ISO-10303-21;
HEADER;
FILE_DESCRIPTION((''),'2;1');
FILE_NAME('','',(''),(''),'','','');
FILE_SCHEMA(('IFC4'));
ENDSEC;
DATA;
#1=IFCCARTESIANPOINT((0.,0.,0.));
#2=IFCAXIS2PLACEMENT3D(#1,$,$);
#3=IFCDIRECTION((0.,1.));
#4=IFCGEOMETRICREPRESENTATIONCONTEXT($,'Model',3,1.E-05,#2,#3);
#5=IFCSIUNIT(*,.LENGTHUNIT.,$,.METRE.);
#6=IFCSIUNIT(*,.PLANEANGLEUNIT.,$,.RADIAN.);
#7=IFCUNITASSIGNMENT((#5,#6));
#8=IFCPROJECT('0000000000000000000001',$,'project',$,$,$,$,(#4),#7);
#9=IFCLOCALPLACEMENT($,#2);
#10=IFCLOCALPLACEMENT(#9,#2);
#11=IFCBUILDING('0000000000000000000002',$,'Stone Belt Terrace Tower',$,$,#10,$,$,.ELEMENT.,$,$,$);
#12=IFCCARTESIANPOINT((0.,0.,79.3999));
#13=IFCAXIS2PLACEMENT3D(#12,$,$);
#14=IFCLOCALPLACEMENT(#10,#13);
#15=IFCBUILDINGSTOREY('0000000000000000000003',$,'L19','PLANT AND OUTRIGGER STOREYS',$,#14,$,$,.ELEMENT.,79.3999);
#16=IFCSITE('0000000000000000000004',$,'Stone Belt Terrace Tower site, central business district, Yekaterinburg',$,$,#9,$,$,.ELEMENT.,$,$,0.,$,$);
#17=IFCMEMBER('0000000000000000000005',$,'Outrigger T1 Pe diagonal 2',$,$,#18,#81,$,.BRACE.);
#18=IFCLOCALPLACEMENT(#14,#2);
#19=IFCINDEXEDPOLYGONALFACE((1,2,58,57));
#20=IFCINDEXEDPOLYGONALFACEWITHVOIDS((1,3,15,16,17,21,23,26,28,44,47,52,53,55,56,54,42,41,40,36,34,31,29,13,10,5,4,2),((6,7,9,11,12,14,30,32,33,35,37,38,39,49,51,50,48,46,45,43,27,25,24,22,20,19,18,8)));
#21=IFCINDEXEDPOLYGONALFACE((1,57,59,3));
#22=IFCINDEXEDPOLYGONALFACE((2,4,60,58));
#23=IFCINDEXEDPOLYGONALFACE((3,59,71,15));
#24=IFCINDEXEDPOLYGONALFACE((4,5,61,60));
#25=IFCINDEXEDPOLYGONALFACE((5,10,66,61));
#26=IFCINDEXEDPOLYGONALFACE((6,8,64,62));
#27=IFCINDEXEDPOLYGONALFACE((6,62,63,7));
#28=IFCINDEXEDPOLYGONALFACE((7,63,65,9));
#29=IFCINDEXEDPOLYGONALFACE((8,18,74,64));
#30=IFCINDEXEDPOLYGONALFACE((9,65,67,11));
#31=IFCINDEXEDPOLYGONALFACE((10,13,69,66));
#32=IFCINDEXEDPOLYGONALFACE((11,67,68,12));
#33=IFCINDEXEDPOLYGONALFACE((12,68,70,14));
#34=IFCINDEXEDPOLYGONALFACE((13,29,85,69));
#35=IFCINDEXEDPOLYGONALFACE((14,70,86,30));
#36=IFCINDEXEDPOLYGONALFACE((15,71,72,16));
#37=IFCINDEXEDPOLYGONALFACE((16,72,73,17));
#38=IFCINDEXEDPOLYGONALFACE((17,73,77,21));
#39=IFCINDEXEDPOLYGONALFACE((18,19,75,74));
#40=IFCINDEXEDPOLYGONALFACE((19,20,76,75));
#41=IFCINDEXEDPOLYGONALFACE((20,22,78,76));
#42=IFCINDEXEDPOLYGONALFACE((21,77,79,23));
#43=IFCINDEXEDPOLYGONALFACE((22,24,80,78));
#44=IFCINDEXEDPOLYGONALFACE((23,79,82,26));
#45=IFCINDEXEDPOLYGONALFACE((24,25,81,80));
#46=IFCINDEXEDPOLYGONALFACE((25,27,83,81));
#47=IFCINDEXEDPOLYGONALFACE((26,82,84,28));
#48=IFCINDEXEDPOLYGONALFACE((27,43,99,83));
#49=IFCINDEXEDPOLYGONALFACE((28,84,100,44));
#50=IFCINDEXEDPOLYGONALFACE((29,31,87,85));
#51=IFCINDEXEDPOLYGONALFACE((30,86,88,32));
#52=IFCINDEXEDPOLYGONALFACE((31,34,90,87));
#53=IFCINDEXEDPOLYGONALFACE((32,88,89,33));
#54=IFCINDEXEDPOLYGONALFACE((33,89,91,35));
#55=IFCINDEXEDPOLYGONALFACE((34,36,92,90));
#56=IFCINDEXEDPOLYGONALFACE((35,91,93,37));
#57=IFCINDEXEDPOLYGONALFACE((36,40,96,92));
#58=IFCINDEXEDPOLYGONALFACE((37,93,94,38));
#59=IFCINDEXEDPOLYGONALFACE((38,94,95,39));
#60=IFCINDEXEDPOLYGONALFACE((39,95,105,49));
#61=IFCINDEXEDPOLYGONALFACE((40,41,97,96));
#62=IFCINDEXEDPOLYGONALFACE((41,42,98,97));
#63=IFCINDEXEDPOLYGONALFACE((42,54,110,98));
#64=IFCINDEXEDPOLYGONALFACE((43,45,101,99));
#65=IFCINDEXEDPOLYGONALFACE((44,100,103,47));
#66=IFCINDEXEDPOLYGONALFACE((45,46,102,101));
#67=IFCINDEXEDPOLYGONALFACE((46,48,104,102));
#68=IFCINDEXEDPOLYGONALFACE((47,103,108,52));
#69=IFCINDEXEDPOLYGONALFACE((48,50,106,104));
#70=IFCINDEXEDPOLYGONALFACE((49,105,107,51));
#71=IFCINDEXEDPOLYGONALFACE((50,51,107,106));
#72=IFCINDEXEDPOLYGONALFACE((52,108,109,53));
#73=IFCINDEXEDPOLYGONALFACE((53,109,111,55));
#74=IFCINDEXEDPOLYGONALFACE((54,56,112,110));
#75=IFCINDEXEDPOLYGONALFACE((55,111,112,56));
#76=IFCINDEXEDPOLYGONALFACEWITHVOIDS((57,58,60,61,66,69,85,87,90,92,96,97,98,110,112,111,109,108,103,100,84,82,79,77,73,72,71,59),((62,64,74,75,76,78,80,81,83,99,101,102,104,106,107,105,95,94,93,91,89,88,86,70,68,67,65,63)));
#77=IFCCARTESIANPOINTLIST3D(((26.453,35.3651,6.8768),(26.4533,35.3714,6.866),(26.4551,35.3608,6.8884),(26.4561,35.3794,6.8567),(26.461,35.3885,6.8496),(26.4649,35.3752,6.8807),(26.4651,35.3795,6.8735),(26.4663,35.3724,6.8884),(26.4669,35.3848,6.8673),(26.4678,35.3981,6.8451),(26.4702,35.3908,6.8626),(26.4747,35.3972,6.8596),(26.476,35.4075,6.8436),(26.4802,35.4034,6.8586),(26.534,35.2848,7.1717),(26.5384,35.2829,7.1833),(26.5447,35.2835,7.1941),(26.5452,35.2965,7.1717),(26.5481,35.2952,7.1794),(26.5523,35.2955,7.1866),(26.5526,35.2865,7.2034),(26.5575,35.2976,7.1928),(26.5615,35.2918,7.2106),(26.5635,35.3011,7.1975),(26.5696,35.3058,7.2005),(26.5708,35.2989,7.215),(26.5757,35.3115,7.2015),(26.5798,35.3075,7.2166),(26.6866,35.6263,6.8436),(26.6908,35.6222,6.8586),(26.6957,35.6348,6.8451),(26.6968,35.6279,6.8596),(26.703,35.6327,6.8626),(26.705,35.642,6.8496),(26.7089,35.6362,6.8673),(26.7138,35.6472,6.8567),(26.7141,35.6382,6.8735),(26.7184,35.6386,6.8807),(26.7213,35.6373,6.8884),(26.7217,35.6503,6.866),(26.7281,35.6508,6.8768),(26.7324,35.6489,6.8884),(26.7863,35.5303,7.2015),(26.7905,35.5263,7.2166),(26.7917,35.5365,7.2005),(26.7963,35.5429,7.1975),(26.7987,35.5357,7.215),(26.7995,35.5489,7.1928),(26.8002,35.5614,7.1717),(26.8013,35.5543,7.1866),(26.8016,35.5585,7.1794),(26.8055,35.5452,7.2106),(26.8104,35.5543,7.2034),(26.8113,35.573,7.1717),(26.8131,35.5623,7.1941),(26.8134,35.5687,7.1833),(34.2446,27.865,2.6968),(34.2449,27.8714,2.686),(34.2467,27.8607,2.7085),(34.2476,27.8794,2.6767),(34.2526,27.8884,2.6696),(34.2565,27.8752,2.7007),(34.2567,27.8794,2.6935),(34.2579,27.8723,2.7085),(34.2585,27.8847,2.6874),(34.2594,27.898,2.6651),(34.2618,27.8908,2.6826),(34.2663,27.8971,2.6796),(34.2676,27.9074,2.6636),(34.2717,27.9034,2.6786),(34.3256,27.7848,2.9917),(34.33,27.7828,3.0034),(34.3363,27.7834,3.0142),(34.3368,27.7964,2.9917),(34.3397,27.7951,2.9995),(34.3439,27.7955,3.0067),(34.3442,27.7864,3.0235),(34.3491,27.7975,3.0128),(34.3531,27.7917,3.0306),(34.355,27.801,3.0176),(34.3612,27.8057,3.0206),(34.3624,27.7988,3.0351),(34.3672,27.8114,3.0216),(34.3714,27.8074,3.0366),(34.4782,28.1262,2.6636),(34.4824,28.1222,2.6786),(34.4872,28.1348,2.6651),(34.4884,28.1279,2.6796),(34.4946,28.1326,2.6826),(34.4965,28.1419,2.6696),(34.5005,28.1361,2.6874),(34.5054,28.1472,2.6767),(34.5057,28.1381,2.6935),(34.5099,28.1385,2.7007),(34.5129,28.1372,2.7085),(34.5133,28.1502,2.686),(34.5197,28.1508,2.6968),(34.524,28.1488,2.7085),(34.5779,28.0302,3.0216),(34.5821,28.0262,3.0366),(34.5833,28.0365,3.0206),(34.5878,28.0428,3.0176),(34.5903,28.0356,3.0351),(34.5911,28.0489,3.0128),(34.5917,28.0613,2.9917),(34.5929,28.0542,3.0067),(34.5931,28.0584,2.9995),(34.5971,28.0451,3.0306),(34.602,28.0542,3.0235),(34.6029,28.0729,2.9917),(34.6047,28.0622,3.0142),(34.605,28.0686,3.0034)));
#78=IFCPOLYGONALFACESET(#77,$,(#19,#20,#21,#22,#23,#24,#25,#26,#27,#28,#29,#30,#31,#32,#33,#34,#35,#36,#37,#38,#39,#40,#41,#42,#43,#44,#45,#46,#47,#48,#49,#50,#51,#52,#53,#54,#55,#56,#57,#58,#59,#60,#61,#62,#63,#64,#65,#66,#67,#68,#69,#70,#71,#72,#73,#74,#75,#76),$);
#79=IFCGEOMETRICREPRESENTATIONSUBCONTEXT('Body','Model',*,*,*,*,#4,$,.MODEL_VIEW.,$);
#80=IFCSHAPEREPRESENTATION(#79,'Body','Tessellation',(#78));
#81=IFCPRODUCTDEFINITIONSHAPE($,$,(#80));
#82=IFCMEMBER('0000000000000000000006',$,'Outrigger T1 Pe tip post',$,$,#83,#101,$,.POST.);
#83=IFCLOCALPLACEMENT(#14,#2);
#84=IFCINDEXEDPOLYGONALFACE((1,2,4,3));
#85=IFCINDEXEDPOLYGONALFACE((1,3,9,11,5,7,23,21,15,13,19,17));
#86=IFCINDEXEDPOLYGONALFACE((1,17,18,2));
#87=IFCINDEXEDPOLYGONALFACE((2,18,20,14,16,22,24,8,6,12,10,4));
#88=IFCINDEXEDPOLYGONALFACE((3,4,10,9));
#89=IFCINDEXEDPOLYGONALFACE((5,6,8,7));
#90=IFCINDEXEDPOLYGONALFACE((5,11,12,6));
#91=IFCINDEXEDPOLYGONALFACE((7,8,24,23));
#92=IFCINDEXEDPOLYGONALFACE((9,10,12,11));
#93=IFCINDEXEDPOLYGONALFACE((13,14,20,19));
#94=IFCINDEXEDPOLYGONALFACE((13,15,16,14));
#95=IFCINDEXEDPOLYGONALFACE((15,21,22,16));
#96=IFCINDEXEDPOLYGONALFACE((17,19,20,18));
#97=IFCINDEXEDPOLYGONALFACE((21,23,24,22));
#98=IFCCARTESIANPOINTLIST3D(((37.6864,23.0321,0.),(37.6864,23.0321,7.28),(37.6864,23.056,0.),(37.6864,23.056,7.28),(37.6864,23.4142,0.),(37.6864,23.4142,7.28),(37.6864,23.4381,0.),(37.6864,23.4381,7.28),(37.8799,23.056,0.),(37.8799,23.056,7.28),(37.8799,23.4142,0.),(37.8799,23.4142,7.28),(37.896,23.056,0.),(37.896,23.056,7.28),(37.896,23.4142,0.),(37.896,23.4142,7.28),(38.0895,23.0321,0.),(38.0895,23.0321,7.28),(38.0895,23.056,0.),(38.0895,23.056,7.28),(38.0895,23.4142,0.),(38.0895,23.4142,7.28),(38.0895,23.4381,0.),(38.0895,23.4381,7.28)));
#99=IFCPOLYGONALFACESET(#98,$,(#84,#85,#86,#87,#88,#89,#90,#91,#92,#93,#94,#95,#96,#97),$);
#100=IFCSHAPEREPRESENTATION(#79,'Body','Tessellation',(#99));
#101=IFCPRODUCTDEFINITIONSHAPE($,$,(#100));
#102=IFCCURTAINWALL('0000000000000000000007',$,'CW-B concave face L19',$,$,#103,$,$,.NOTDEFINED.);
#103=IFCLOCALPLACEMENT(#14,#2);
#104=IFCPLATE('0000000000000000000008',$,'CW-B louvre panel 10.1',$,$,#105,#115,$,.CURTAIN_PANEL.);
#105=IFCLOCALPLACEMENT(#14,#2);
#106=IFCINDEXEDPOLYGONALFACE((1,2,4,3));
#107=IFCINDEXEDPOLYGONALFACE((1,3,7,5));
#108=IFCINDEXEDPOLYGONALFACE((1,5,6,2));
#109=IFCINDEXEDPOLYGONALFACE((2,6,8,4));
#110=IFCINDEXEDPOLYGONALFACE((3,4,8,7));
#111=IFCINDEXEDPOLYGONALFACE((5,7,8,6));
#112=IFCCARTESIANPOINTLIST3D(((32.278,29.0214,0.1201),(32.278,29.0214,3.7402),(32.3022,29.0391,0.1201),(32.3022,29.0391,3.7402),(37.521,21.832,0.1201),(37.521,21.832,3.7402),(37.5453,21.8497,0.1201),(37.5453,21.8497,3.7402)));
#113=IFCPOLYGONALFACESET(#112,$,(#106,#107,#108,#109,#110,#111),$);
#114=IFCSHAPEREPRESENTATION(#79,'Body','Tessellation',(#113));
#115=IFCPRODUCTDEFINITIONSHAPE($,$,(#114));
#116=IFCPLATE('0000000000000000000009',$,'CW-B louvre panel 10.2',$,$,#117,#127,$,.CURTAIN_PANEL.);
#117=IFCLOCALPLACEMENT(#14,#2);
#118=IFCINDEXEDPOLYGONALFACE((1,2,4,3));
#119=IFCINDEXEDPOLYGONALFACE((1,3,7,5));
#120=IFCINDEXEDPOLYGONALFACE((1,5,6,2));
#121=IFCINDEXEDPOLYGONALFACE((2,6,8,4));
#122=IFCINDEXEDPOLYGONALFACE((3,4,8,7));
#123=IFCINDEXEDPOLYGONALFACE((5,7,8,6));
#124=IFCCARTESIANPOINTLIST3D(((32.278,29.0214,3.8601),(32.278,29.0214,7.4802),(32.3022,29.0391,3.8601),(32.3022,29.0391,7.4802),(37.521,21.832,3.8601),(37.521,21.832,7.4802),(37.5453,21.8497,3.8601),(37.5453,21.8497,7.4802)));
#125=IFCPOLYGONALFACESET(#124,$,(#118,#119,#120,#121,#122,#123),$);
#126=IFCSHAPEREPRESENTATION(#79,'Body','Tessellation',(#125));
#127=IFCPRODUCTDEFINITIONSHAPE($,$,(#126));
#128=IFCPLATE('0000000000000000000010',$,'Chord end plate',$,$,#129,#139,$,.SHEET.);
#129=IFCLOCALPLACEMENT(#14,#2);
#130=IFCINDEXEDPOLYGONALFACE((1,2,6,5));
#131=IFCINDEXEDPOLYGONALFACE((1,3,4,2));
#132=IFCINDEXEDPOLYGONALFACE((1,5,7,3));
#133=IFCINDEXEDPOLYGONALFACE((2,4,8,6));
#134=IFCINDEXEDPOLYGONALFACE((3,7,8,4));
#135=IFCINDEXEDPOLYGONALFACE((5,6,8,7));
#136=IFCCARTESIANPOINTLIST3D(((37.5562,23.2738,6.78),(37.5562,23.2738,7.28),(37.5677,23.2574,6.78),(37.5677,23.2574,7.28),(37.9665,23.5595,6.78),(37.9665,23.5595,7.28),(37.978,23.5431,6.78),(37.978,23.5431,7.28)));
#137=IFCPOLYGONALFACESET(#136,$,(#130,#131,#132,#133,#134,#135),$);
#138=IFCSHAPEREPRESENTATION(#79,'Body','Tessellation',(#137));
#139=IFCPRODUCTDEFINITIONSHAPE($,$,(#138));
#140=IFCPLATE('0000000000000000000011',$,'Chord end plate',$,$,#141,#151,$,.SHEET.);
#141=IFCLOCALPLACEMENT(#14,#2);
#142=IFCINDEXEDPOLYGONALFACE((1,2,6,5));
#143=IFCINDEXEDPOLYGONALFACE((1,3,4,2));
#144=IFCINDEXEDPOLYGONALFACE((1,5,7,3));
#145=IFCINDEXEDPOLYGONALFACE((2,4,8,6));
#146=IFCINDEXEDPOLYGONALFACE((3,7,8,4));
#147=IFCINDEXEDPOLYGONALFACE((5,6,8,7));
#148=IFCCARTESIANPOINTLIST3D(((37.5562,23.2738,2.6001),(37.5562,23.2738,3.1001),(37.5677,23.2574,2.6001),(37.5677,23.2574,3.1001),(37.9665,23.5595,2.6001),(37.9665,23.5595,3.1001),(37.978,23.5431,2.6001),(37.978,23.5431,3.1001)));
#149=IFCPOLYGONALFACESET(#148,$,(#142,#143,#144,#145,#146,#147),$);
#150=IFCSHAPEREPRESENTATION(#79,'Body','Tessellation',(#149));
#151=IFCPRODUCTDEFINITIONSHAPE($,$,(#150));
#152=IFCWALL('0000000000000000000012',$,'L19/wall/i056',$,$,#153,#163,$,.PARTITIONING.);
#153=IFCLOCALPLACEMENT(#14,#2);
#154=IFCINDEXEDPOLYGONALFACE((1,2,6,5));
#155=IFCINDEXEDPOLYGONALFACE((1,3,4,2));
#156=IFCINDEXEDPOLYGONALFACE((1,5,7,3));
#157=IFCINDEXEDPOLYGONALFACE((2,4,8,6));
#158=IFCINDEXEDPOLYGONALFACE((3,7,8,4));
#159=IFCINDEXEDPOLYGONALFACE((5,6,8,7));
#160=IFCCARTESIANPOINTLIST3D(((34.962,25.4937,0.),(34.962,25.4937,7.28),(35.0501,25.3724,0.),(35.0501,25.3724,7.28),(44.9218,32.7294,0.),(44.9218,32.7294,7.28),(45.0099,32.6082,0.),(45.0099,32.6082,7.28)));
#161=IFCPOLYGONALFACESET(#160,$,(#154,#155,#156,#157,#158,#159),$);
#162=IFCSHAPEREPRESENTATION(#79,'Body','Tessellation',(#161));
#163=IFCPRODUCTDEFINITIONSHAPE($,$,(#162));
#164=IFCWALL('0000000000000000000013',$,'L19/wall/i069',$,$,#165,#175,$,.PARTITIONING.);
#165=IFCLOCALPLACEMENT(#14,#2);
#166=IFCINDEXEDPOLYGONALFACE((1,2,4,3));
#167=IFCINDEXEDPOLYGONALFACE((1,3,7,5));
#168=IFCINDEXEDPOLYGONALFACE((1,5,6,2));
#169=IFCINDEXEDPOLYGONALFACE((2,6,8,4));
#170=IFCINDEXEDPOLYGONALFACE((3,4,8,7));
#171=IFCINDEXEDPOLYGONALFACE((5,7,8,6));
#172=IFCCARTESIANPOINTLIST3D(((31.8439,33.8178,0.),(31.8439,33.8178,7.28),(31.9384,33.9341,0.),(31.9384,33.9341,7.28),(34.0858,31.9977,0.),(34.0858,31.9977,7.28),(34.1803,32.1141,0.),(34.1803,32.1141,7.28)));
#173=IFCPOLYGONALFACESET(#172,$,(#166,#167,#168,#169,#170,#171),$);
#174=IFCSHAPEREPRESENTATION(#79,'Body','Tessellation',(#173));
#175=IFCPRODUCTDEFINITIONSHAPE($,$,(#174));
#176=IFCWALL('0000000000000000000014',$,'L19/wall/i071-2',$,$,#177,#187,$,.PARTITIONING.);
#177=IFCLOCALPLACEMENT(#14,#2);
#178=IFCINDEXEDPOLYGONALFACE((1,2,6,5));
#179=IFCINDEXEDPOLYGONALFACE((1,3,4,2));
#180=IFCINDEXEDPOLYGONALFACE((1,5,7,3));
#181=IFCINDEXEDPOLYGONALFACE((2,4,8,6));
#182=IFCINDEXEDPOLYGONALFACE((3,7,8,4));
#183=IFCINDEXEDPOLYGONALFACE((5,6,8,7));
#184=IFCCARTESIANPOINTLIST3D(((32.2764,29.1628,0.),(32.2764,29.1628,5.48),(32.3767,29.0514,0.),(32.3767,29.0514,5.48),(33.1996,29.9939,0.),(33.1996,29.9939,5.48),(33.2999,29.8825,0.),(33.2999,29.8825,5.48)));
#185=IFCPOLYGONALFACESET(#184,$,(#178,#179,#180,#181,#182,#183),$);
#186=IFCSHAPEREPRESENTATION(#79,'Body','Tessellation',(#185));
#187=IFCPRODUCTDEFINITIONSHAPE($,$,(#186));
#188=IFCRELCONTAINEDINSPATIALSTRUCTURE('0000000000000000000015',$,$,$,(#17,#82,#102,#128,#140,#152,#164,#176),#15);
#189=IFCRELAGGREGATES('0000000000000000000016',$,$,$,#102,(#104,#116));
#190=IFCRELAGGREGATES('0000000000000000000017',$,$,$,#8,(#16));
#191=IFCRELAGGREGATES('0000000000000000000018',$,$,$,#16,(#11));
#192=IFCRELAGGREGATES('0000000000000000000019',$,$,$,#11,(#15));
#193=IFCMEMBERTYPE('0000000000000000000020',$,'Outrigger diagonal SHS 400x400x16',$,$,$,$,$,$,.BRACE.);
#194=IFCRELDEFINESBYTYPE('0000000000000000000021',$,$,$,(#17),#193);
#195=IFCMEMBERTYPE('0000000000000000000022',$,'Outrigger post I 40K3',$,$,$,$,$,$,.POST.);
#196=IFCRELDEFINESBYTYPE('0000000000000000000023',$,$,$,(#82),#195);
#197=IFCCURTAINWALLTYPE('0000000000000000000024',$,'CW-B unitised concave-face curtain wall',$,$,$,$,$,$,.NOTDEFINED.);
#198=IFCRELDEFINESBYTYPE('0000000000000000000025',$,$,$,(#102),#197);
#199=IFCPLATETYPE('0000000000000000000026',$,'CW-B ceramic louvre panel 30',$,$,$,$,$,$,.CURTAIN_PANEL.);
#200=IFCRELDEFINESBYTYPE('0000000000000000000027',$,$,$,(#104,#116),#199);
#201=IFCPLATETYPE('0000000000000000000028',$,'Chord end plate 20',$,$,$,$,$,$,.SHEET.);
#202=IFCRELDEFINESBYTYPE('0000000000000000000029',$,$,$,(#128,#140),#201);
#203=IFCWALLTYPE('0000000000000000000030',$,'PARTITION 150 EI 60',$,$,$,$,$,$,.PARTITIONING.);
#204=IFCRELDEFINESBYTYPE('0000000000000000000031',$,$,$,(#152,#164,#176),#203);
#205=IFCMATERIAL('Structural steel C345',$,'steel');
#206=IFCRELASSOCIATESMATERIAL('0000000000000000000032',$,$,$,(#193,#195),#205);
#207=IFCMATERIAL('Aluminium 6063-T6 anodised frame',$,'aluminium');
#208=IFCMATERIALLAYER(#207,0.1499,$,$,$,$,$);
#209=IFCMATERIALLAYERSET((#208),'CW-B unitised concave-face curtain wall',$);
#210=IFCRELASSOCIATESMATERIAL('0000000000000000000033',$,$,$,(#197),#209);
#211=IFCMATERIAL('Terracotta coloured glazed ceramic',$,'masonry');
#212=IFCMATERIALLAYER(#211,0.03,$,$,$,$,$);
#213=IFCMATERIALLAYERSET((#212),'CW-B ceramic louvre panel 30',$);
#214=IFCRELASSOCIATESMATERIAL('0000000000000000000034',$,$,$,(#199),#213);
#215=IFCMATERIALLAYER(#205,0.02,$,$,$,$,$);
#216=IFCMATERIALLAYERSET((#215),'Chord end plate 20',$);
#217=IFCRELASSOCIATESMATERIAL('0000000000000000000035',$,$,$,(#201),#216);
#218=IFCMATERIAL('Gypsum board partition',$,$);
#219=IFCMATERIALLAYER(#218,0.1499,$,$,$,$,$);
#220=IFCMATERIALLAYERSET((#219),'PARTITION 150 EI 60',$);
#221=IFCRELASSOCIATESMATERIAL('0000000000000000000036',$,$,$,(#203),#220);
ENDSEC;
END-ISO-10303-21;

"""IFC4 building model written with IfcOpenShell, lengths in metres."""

from ifc_helpers import new_model, si_unit, direction, frame, frame_2d, origin, origin_2d, place, context, subcontext, project, spatial, rectangle, hollow_rectangle, i_section, extrude, material, layer, layer_set, material_profile, profile_set, type_object, element, aggregate, save


model = new_model("IFC4")

# Units and contexts
model_context = context("Model", 3, precision=1e-05, world=origin(), true_north=direction((0.0, 1.0)))
body_context = subcontext(model_context, "Body", "Model", "MODEL_VIEW")
ifc_project = project(units=[si_unit("LENGTHUNIT", "METRE"), si_unit("PLANEANGLEUNIT", "RADIAN")], contexts=[model_context])

# Site, building, storey
site_placement = place(None, origin())
site = spatial("IfcSite", under=ifc_project, at=site_placement, Name="Stone Belt Terrace Tower site, central business district, Yekaterinburg", CompositionType="ELEMENT", RefElevation=0.0)
building_placement = place(site_placement, origin())
building = spatial("IfcBuilding", under=site, at=building_placement, Name="Stone Belt Terrace Tower", CompositionType="ELEMENT")
storey_placement = place(building_placement, frame((0.0, 0.0, 79.3999)))
storey = spatial("IfcBuildingStorey", under=building, at=storey_placement, Name="L19", Description="PLANT AND OUTRIGGER STOREYS", CompositionType="ELEMENT", Elevation=79.3999)

# Shared definitions
ifc_material_1 = material(Name="Aluminium 6063-T6 anodised frame", Category="aluminium")

# Members
ifc_material_2 = material(Name="Structural steel C345", Category="steel")
ifc_material_profile_1 = material_profile(ifc_material_2, hollow_rectangle(XDim=0.3999, YDim=0.3999, WallThickness=0.0161, InnerFilletRadius=0.032, OuterFilletRadius=0.0481, at=origin_2d()), Name="SHS 400x400x16")
ifc_profile_set_1 = profile_set([ifc_material_profile_1], Name="Structural steel C345")
member_type_1 = type_object("IfcMemberType", Name="Outrigger diagonal SHS 400x400x16", PredefinedType="BRACE", material=ifc_profile_set_1)
member_1_placement = place(storey_placement, frame((34.4248, 27.9668, 2.8501), z_axis=(-0.672008, 0.646866, 0.360514), x_axis=(-0.693501, -0.720456, 0.0)))
element("IfcMember", 1, at=member_1_placement, inside=storey, type_object=member_type_1, Name="Outrigger T1 Pe diagonal 2", PredefinedType="BRACE", context=body_context, shape_type="SweptSolid", body=[
    extrude(hollow_rectangle(XDim=0.3999, YDim=0.3999, WallThickness=0.0161, InnerFilletRadius=0.032, OuterFilletRadius=0.0481, at=origin_2d()), origin(), (0.0, 0.0, 1.0), 11.5945),
])
ifc_material_profile_2 = material_profile(ifc_material_2, i_section(OverallWidth=0.4031, OverallDepth=0.406, WebThickness=0.0161, FlangeThickness=0.0239, at=origin_2d()), Name="I 40K3")
ifc_profile_set_2 = profile_set([ifc_material_profile_2], Name="Structural steel C345")
member_type_2 = type_object("IfcMemberType", Name="Outrigger post I 40K3", PredefinedType="POST", material=ifc_profile_set_2)
member_2_placement = place(storey_placement, frame((37.8879, 23.2351, 0.0), z_axis=(0.0, 0.0, 1.0), x_axis=(1.0, 0.0, 0.0)))
element("IfcMember", 2, at=member_2_placement, inside=storey, type_object=member_type_2, Name="Outrigger T1 Pe tip post", PredefinedType="POST", context=body_context, shape_type="SweptSolid", body=[
    extrude(i_section(OverallWidth=0.4031, OverallDepth=0.406, WebThickness=0.0161, FlangeThickness=0.0239, at=origin_2d()), origin(), (0.0, 0.0, 1.0), 7.28),
])

# Curtain wall, plates
ifc_layer_1 = layer(ifc_material_1, 0.1499)
ifc_layer_set_1 = layer_set([ifc_layer_1], Name="CW-B unitised concave-face curtain wall")
curtain_wall_type_1 = type_object("IfcCurtainWallType", Name="CW-B unitised concave-face curtain wall", PredefinedType="NOTDEFINED", material=ifc_layer_set_1)
curtain_wall_1_placement = place(storey_placement, origin())
curtain_wall_1 = element("IfcCurtainWall", 3, at=curtain_wall_1_placement, inside=storey, type_object=curtain_wall_type_1, Name="CW-B concave face L19", PredefinedType="NOTDEFINED")
ifc_material_3 = material(Name="Terracotta coloured glazed ceramic", Category="masonry")
ifc_layer_2 = layer(ifc_material_3, 0.03)
ifc_layer_set_2 = layer_set([ifc_layer_2], Name="CW-B ceramic louvre panel 30")
plate_type_1 = type_object("IfcPlateType", Name="CW-B ceramic louvre panel 30", PredefinedType="CURTAIN_PANEL", material=ifc_layer_set_2)
plate_1_placement = place(storey_placement, frame((34.9116, 25.4355, 0.1201), z_axis=(0.0, 0.0, 1.0), x_axis=(0.589225, -0.807969, 0.0)))
plate_1 = element("IfcPlate", 4, at=plate_1_placement, type_object=plate_type_1, Name="CW-B louvre panel 10.1", PredefinedType="CURTAIN_PANEL", context=body_context, shape_type="SweptSolid", body=[
    extrude(rectangle(XDim=8.8982, YDim=0.03, at=origin_2d()), origin(), (0.0, 0.0, 1.0), 3.6201),
])
plate_2_placement = place(storey_placement, frame((34.9116, 25.4355, 3.8601), z_axis=(0.0, 0.0, 1.0), x_axis=(0.589225, -0.807969, 0.0)))
plate_2 = element("IfcPlate", 5, at=plate_2_placement, type_object=plate_type_1, Name="CW-B louvre panel 10.2", PredefinedType="CURTAIN_PANEL", context=body_context, shape_type="SweptSolid", body=[
    extrude(rectangle(XDim=8.8982, YDim=0.03, at=origin_2d()), origin(), (0.0, 0.0, 1.0), 3.6201),
])
aggregate(curtain_wall_1, [plate_1, plate_2])

# Plates
ifc_layer_3 = layer(ifc_material_2, 0.02)
ifc_layer_set_3 = layer_set([ifc_layer_3], Name="Chord end plate 20")
plate_type_2 = type_object("IfcPlateType", Name="Chord end plate 20", PredefinedType="SHEET", material=ifc_layer_set_3)
for number, where, z_axis, x_axis, name in (
    (6, (37.7671, 23.4084, 6.78), (0.0, 0.0, 1.0), (0.571466, -0.820626, 0.0), "Chord end plate"),
    (7, (37.7671, 23.4084, 2.6001), (0.0, 0.0, 1.0), (0.571466, -0.820626, 0.0), "Chord end plate"),
):
    element("IfcPlate", number, at=place(storey_placement, frame(where, z_axis=z_axis, x_axis=x_axis)), inside=storey, type_object=plate_type_2, Name=name, PredefinedType="SHEET", context=body_context, shape_type="SweptSolid", body=[
        extrude(rectangle(XDim=0.02, YDim=0.5, at=origin_2d()), origin(), (0.0, 0.0, 1.0), 0.5),
    ])

# Walls
ifc_material_4 = material(Name="Gypsum board partition")
ifc_layer_4 = layer(ifc_material_4, 0.1499)
ifc_layer_set_4 = layer_set([ifc_layer_4], Name="PARTITION 150 EI 60")
wall_type = type_object("IfcWallType", Name="PARTITION 150 EI 60", PredefinedType="PARTITIONING", material=ifc_layer_set_4)
wall_1_placement = place(storey_placement, frame((35.0061, 25.4331, 0.0), z_axis=(0.0, 0.0, 1.0), x_axis=(0.809036, 0.587759, 0.0)))
element("IfcWall", 8, at=wall_1_placement, inside=storey, type_object=wall_type, Name="L19/wall/i056", PredefinedType="PARTITIONING", context=body_context, shape_type="SweptSolid", body=[
    extrude(rectangle(XDim=12.3108, YDim=0.1499, at=frame_2d((6.1553, 0.0))), origin(), (0.0, 0.0, 1.0), 7.28),
])
wall_2_placement = place(storey_placement, frame((34.1331, 32.0559, 0.0), z_axis=(0.0, 0.0, 1.0), x_axis=(-0.77637, 0.630277, 0.0)))
element("IfcWall", 9, at=wall_2_placement, inside=storey, type_object=wall_type, Name="L19/wall/i069", PredefinedType="PARTITIONING", context=body_context, shape_type="SweptSolid", body=[
    extrude(rectangle(XDim=2.8877, YDim=0.1499, at=frame_2d((1.4438, 0.0))), origin(), (0.0, 0.0, 1.0), 7.28),
])
wall_3_placement = place(storey_placement, frame((33.2498, 29.9382, 0.0), z_axis=(0.0, 0.0, 1.0), x_axis=(-0.743187, -0.669084, 0.0)))
element("IfcWall", 10, at=wall_3_placement, inside=storey, type_object=wall_type, Name="L19/wall/i071-2", PredefinedType="PARTITIONING", context=body_context, shape_type="SweptSolid", body=[
    extrude(rectangle(XDim=1.2422, YDim=0.1499, at=frame_2d((0.6211, 0.0))), origin(), (0.0, 0.0, 1.0), 5.48),
])

save(model, "model.ifc")
